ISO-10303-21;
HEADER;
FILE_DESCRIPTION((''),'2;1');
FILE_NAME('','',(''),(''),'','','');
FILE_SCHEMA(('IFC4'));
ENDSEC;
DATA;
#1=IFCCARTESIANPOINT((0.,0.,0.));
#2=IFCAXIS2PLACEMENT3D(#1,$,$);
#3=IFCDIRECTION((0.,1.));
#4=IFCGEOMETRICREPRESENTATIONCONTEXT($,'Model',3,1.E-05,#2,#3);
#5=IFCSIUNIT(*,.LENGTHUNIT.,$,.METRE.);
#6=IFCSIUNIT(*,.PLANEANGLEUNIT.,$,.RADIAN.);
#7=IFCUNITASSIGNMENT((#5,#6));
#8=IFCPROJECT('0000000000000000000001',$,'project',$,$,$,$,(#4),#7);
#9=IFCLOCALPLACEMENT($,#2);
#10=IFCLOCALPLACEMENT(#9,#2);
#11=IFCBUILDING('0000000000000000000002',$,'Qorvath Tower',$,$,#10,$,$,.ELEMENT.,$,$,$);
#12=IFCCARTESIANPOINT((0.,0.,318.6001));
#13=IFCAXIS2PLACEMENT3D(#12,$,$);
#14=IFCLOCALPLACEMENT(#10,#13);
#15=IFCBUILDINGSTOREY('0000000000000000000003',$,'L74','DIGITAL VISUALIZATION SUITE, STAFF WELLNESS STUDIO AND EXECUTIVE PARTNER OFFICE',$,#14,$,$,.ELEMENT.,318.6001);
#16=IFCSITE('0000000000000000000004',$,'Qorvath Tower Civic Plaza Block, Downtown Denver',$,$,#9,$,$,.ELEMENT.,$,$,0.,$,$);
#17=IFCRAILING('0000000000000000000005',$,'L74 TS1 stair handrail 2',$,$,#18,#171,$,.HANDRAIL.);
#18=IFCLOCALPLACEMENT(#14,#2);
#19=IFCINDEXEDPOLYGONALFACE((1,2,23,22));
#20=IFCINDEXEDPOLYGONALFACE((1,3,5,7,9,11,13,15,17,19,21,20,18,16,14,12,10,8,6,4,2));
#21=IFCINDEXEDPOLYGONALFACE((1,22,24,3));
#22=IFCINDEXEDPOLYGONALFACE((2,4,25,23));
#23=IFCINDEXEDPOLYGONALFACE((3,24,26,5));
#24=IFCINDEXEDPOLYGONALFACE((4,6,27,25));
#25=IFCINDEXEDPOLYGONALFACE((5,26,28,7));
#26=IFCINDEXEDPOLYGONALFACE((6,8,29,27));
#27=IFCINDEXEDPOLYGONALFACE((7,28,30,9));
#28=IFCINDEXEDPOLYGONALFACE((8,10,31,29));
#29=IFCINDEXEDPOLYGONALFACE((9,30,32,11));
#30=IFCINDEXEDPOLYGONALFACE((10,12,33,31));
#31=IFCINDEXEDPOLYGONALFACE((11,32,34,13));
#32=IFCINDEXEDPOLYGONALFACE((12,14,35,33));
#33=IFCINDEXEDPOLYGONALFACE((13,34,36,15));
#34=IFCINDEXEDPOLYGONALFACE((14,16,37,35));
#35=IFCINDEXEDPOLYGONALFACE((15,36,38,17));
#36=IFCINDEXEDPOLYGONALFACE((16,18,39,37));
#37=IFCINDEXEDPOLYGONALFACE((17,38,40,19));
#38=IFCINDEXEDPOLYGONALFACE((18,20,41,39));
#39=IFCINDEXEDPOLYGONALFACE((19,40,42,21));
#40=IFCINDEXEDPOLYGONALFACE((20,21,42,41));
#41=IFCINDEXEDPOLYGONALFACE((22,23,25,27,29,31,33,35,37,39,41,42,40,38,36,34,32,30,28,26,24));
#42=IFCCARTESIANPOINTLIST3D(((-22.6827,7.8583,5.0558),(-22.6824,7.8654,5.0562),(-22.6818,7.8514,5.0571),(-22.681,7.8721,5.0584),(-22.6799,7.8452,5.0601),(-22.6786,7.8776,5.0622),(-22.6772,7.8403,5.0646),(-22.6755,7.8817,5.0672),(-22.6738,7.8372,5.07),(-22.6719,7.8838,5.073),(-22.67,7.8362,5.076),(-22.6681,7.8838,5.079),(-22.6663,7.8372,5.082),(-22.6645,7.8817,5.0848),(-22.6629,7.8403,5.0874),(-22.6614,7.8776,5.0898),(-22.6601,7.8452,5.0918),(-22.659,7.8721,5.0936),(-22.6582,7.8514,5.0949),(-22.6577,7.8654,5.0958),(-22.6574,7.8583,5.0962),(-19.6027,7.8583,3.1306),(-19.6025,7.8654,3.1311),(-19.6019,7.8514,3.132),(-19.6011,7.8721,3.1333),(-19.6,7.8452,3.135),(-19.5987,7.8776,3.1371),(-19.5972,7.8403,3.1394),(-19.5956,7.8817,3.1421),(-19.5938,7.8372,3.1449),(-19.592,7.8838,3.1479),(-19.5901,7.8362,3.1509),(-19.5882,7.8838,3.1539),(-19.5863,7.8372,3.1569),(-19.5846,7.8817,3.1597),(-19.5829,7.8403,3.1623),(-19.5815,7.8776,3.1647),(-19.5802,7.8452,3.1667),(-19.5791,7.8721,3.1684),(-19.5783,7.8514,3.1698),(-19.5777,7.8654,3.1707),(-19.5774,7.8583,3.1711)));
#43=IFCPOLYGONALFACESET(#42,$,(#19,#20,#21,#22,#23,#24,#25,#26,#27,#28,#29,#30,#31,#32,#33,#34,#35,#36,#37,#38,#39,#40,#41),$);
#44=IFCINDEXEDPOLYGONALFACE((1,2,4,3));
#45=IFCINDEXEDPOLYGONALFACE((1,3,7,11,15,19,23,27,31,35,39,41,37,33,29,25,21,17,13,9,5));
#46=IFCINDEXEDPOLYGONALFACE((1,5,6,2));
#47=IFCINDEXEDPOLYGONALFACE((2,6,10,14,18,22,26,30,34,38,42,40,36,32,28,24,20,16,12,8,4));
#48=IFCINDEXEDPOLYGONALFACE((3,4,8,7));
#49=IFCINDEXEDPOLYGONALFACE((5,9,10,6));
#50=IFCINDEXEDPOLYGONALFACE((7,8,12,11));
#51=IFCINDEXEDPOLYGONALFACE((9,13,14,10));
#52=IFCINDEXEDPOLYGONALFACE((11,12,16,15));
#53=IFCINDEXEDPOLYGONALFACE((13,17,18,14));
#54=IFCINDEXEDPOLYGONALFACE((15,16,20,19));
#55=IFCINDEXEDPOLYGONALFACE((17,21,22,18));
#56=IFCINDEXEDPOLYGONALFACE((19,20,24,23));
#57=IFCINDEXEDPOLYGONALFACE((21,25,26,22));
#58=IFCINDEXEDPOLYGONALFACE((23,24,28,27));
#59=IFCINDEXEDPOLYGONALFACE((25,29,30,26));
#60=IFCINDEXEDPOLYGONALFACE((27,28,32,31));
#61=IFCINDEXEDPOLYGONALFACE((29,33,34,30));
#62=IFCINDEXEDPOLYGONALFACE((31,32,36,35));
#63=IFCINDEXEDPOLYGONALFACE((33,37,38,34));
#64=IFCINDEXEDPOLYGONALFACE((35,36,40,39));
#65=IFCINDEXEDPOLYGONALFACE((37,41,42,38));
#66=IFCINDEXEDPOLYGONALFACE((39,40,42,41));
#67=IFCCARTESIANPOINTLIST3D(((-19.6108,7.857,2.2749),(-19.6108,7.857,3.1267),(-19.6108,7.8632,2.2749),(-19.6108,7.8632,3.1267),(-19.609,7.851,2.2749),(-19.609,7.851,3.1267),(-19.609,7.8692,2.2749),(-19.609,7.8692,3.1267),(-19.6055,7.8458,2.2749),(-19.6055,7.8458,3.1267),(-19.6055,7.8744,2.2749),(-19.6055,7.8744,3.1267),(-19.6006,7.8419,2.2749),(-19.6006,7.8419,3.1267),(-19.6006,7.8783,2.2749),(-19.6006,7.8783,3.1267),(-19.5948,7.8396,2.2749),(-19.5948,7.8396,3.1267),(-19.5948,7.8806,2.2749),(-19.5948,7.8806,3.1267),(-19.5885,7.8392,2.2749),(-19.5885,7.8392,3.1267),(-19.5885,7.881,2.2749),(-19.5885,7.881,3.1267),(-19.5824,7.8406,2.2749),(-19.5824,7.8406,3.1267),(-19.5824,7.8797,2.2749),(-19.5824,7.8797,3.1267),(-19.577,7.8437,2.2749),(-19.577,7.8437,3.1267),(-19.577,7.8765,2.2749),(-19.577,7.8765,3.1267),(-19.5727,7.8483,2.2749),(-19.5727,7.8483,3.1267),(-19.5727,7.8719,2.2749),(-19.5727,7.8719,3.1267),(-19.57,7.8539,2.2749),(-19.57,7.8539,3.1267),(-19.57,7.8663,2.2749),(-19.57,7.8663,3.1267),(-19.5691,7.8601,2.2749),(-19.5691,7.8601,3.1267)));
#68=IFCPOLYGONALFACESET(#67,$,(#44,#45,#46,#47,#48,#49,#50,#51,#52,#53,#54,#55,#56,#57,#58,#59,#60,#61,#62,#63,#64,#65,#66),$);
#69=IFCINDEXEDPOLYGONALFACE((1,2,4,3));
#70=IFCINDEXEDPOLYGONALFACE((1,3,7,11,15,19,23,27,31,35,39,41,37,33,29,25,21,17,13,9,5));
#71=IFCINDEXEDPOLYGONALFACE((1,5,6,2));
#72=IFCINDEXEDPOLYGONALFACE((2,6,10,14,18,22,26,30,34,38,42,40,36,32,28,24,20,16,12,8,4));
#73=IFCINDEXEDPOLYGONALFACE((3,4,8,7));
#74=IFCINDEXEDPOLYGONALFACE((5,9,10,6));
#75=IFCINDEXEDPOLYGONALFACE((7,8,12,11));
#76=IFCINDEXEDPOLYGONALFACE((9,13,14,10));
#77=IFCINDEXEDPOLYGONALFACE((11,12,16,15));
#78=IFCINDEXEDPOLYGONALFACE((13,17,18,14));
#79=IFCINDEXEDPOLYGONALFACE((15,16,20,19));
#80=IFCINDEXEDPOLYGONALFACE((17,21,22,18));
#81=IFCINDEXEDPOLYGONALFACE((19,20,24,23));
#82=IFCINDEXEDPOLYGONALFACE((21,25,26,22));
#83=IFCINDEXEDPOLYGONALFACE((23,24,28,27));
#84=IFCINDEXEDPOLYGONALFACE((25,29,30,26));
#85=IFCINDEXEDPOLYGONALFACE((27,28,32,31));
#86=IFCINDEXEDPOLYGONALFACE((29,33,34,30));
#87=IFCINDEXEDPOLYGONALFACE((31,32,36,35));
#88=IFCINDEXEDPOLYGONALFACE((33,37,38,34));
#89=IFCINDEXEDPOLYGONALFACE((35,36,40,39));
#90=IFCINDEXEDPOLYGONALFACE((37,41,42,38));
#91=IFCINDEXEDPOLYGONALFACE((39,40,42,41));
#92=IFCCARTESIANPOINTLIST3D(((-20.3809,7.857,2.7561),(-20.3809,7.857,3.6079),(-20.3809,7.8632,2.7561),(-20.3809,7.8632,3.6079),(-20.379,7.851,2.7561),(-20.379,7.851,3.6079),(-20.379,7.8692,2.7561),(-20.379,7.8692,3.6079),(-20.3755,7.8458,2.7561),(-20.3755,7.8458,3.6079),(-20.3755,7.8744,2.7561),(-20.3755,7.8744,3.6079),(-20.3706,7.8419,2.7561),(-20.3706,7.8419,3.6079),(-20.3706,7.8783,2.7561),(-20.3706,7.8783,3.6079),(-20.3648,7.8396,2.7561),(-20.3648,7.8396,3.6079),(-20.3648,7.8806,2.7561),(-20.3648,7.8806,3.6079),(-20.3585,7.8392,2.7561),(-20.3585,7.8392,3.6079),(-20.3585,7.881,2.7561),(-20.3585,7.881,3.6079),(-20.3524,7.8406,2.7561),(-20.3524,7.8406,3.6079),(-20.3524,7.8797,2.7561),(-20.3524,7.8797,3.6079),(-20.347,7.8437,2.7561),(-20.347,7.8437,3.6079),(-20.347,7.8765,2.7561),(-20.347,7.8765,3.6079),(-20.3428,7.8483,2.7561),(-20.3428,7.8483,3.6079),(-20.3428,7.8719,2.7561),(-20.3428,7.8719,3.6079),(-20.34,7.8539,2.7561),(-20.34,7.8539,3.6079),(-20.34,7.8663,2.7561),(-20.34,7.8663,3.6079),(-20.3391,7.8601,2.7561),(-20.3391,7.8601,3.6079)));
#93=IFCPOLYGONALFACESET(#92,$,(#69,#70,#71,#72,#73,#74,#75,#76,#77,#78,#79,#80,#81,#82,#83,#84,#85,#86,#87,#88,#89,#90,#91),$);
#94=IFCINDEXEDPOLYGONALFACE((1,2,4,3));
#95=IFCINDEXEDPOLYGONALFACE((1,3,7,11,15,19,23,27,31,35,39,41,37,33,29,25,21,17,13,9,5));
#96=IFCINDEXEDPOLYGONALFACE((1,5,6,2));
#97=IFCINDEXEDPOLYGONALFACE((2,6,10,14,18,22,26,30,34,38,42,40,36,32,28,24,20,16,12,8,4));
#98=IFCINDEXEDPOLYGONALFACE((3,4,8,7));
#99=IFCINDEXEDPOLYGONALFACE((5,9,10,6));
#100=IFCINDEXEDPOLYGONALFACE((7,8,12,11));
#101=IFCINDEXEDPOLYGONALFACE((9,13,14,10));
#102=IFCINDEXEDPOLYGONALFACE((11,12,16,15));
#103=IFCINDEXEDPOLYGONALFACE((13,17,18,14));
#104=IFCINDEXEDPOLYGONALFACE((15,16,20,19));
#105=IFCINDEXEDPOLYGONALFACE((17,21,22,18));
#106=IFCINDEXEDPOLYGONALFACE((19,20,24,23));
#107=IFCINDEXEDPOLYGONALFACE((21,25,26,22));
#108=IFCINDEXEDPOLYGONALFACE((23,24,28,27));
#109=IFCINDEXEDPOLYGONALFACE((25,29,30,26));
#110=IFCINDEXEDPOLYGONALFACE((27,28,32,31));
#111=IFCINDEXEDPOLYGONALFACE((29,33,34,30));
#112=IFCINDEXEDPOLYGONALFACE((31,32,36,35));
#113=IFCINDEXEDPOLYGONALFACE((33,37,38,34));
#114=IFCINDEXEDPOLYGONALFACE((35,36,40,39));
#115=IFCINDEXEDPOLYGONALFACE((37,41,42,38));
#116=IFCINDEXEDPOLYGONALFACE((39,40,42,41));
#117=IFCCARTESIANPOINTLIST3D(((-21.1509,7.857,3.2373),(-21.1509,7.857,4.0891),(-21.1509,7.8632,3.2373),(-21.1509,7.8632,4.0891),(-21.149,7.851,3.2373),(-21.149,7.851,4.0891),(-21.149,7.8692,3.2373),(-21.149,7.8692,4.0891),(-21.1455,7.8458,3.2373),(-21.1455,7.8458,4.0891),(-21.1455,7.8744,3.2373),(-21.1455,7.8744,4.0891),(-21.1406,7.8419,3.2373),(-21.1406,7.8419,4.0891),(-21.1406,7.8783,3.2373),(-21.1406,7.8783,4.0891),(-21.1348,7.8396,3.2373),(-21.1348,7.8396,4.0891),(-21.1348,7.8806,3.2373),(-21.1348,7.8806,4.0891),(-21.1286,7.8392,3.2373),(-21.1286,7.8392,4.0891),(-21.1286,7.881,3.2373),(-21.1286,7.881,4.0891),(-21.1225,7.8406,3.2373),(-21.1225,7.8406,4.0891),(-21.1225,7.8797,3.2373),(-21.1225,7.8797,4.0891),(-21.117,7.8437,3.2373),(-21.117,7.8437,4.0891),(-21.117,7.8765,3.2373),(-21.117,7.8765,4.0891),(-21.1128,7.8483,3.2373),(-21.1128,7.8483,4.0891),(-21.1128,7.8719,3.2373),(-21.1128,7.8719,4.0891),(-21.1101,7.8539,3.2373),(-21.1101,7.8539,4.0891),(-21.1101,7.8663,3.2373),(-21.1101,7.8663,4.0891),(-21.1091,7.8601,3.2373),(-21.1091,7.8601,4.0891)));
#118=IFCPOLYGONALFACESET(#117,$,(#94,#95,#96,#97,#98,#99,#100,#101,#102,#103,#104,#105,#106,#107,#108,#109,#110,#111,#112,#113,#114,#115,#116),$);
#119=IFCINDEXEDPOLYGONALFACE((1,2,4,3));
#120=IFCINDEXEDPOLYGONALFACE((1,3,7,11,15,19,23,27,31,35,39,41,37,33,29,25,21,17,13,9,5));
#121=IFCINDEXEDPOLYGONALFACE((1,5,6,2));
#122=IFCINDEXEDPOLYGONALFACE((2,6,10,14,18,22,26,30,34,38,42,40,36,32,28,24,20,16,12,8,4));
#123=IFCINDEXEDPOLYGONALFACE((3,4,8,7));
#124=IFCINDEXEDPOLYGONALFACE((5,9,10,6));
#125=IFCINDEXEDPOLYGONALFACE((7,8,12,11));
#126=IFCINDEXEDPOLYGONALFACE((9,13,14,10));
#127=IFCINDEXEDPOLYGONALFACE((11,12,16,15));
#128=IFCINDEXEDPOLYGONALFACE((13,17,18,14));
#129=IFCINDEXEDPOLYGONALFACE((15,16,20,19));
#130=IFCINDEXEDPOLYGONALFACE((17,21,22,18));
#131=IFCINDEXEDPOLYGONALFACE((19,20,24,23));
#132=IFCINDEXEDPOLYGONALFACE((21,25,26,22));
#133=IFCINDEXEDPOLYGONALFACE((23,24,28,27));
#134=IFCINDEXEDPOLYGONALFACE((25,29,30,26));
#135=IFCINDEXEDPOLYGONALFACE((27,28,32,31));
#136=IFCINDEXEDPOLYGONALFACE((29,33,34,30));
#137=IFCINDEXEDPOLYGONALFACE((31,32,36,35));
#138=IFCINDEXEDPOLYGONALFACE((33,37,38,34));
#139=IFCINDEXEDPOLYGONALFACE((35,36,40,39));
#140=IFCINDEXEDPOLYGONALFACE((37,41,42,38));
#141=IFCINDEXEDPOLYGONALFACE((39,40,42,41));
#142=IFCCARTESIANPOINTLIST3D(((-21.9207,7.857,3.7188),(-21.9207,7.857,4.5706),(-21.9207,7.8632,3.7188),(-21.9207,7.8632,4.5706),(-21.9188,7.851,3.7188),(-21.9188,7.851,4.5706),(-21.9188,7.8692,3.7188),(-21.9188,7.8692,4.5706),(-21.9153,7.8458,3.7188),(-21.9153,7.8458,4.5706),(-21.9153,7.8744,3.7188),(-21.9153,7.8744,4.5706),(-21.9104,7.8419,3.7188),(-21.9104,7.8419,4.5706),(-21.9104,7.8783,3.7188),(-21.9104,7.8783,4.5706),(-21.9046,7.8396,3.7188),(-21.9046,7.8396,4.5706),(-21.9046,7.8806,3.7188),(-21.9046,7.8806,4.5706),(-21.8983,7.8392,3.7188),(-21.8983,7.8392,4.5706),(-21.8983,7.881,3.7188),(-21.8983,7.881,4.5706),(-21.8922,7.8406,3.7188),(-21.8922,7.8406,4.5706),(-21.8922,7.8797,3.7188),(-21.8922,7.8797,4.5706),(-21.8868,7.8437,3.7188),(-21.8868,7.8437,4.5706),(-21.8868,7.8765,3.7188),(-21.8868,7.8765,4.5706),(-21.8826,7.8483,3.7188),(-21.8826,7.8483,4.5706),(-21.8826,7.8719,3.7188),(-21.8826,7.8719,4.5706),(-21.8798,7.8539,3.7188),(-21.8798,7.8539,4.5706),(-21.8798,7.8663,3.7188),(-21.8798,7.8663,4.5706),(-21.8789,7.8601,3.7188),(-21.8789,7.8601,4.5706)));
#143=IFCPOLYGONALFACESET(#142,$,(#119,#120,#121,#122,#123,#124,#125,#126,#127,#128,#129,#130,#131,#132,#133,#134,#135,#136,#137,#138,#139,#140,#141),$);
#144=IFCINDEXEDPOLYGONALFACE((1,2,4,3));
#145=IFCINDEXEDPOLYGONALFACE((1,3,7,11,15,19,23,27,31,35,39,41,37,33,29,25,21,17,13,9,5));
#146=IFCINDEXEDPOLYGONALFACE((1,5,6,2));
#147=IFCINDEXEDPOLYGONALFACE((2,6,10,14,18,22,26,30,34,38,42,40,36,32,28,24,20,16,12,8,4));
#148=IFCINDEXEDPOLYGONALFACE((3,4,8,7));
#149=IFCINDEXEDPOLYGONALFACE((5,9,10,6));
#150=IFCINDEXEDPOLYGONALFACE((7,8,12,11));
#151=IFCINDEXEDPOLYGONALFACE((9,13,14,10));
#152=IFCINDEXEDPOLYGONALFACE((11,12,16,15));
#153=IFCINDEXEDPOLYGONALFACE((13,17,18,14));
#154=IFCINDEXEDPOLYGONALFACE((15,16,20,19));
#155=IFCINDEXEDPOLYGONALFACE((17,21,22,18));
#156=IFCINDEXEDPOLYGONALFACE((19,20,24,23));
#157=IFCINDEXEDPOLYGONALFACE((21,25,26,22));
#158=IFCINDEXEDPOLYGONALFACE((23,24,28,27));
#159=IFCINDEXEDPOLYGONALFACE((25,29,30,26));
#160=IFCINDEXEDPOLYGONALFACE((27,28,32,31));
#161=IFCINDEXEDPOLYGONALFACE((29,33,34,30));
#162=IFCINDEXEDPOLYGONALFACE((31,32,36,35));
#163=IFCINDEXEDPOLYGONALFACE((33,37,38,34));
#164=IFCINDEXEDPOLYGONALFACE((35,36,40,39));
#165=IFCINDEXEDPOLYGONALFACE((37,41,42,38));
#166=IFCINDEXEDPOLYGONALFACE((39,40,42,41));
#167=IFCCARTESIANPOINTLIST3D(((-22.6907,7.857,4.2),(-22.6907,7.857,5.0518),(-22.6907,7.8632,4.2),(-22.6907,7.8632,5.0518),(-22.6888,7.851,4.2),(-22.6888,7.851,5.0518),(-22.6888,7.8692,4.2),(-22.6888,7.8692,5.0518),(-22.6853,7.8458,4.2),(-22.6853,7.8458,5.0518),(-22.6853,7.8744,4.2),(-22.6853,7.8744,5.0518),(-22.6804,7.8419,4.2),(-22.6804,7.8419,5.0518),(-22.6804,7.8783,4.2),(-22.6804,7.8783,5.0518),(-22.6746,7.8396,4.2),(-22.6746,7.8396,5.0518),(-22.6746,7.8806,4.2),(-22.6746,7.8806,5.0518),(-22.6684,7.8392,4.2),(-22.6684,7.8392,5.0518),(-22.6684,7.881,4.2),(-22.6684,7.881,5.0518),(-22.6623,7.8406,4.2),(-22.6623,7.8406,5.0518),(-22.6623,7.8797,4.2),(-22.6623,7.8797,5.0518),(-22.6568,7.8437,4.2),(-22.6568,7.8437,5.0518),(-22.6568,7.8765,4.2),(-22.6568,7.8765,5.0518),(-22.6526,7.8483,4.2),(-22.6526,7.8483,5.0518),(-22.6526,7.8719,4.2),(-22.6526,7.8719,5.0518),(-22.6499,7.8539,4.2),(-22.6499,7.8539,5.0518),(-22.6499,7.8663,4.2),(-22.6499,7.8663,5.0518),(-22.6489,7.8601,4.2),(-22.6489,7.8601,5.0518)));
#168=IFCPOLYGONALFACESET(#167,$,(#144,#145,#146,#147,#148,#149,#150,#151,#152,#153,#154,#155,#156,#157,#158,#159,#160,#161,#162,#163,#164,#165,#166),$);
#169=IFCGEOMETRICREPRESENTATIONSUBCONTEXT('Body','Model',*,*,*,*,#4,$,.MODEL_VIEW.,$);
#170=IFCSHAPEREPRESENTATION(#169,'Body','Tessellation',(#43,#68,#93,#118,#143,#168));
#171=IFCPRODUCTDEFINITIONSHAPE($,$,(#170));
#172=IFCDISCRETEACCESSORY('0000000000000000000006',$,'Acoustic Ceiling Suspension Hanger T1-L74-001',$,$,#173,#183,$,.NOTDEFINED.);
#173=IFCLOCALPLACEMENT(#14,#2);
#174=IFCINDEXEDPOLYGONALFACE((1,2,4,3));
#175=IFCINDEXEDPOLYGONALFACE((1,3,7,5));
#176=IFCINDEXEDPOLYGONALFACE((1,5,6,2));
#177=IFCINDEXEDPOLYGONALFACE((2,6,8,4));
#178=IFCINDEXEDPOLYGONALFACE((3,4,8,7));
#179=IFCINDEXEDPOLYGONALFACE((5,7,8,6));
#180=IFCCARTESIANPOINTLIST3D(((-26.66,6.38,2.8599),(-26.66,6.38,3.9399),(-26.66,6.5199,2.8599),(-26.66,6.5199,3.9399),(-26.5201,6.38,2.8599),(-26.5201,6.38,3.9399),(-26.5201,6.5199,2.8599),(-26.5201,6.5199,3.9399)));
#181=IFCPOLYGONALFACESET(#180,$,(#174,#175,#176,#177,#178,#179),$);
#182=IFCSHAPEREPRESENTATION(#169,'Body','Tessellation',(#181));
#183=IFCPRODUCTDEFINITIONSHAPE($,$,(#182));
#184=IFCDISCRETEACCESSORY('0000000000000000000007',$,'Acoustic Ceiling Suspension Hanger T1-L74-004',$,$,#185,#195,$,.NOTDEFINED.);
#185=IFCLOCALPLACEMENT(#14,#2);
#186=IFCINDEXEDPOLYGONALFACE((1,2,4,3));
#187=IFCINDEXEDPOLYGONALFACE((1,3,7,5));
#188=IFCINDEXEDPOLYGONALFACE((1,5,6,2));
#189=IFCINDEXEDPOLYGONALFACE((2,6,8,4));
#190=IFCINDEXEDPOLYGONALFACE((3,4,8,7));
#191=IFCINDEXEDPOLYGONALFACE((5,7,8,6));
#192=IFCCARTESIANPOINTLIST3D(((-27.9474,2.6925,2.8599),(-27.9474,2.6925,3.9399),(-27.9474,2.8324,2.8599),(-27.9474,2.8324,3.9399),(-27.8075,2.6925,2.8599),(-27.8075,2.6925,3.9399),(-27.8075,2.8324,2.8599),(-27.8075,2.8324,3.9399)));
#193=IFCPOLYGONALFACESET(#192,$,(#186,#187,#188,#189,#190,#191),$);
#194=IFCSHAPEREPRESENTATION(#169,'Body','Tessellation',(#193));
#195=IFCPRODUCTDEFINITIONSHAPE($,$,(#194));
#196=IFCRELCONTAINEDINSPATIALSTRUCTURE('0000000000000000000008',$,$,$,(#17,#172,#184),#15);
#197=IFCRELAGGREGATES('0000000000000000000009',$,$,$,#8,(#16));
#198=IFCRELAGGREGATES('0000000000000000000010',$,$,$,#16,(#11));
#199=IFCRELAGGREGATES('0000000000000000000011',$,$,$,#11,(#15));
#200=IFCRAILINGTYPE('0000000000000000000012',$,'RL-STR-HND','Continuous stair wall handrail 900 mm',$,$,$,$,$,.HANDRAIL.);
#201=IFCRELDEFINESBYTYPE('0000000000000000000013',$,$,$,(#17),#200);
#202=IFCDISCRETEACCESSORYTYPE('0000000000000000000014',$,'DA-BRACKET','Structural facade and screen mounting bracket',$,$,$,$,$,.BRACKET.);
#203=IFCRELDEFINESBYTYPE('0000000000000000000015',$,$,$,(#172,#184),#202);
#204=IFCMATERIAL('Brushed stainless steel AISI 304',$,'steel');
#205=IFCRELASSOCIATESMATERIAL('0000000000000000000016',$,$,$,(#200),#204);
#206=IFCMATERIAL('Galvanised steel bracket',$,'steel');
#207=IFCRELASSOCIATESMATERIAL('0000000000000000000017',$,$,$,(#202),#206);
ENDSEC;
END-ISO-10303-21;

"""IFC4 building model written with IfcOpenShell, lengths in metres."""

from ifc_helpers import new_model, si_unit, direction, frame, origin, origin_2d, place, context, subcontext, project, spatial, rectangle, circle, extrude, material, type_object, element, save


model = new_model("IFC4")

# Units and contexts
model_context = context("Model", 3, precision=1e-05, world=origin(), true_north=direction((0.0, 1.0)))
body_context = subcontext(model_context, "Body", "Model", "MODEL_VIEW")
ifc_project = project(units=[si_unit("LENGTHUNIT", "METRE"), si_unit("PLANEANGLEUNIT", "RADIAN")], contexts=[model_context])

# Site, building, storey
site_placement = place(None, origin())
site = spatial("IfcSite", under=ifc_project, at=site_placement, Name="Qorvath Tower Civic Plaza Block, Downtown Denver", CompositionType="ELEMENT", RefElevation=0.0)
building_placement = place(site_placement, origin())
building = spatial("IfcBuilding", under=site, at=building_placement, Name="Qorvath Tower", CompositionType="ELEMENT")
storey_placement = place(building_placement, frame((0.0, 0.0, 318.6001)))
storey = spatial("IfcBuildingStorey", under=building, at=storey_placement, Name="L74", Description="DIGITAL VISUALIZATION SUITE, STAFF WELLNESS STUDIO AND EXECUTIVE PARTNER OFFICE", CompositionType="ELEMENT", Elevation=318.6001)

# Railing
ifc_material_1 = material(Name="Brushed stainless steel AISI 304", Category="steel")
railing_type_1 = type_object("IfcRailingType", Name="RL-STR-HND", Description="Continuous stair wall handrail 900 mm", PredefinedType="HANDRAIL", material=ifc_material_1)
railing_1_placement = place(storey_placement, frame((-19.5901, 7.8601, 2.2749)))
element("IfcRailing", 1, at=railing_1_placement, inside=storey, type_object=railing_type_1, Name="L74 TS1 stair handrail 2", PredefinedType="HANDRAIL", context=body_context, shape_type="SweptSolid", body=[
    extrude(circle(Radius=0.0239, at=origin_2d()), frame((0.0, 0.0, 0.876), z_axis=(-0.847979, 0.0, 0.530029), x_axis=(0.0, -1.0, 0.0)), (0.0, 0.0, 1.0), 3.6321),
    extrude(circle(Radius=0.021, at=origin_2d()), origin(), (0.0, 0.0, 1.0), 0.8518),
    extrude(circle(Radius=0.021, at=origin_2d()), frame((-0.77, 0.0, 0.4812)), (0.0, 0.0, 1.0), 0.8518),
    extrude(circle(Radius=0.021, at=origin_2d()), frame((-1.54, 0.0, 0.9624)), (0.0, 0.0, 1.0), 0.8518),
    extrude(circle(Radius=0.021, at=origin_2d()), frame((-2.3098, 0.0, 1.4438)), (0.0, 0.0, 1.0), 0.8518),
    extrude(circle(Radius=0.021, at=origin_2d()), frame((-3.0798, 0.0, 1.925)), (0.0, 0.0, 1.0), 0.8518),
])

# Discrete accessories
ifc_material_2 = material(Name="Galvanised steel bracket", Category="steel")
discrete_accessory_type = type_object("IfcDiscreteAccessoryType", Name="DA-BRACKET", Description="Structural facade and screen mounting bracket", PredefinedType="BRACKET", material=ifc_material_2)
for number, where, z_axis, x_axis, name in (
    (2, (-26.5901, 6.45, 2.8599), (0.0, 0.0, 1.0), (1.0, 0.0, 0.0), "Acoustic Ceiling Suspension Hanger T1-L74-001"),
    (3, (-27.8774, 2.7625, 2.8599), (0.0, 0.0, 1.0), (1.0, 0.0, 0.0), "Acoustic Ceiling Suspension Hanger T1-L74-004"),
):
    element("IfcDiscreteAccessory", number, at=place(storey_placement, frame(where, z_axis=z_axis, x_axis=x_axis)), inside=storey, type_object=discrete_accessory_type, Name=name, PredefinedType="NOTDEFINED", context=body_context, shape_type="SweptSolid", body=[
        extrude(rectangle(XDim=0.1399, YDim=0.1399, at=origin_2d()), origin(), (0.0, 0.0, 1.0), 1.0801),
    ])

save(model, "model.ifc")
